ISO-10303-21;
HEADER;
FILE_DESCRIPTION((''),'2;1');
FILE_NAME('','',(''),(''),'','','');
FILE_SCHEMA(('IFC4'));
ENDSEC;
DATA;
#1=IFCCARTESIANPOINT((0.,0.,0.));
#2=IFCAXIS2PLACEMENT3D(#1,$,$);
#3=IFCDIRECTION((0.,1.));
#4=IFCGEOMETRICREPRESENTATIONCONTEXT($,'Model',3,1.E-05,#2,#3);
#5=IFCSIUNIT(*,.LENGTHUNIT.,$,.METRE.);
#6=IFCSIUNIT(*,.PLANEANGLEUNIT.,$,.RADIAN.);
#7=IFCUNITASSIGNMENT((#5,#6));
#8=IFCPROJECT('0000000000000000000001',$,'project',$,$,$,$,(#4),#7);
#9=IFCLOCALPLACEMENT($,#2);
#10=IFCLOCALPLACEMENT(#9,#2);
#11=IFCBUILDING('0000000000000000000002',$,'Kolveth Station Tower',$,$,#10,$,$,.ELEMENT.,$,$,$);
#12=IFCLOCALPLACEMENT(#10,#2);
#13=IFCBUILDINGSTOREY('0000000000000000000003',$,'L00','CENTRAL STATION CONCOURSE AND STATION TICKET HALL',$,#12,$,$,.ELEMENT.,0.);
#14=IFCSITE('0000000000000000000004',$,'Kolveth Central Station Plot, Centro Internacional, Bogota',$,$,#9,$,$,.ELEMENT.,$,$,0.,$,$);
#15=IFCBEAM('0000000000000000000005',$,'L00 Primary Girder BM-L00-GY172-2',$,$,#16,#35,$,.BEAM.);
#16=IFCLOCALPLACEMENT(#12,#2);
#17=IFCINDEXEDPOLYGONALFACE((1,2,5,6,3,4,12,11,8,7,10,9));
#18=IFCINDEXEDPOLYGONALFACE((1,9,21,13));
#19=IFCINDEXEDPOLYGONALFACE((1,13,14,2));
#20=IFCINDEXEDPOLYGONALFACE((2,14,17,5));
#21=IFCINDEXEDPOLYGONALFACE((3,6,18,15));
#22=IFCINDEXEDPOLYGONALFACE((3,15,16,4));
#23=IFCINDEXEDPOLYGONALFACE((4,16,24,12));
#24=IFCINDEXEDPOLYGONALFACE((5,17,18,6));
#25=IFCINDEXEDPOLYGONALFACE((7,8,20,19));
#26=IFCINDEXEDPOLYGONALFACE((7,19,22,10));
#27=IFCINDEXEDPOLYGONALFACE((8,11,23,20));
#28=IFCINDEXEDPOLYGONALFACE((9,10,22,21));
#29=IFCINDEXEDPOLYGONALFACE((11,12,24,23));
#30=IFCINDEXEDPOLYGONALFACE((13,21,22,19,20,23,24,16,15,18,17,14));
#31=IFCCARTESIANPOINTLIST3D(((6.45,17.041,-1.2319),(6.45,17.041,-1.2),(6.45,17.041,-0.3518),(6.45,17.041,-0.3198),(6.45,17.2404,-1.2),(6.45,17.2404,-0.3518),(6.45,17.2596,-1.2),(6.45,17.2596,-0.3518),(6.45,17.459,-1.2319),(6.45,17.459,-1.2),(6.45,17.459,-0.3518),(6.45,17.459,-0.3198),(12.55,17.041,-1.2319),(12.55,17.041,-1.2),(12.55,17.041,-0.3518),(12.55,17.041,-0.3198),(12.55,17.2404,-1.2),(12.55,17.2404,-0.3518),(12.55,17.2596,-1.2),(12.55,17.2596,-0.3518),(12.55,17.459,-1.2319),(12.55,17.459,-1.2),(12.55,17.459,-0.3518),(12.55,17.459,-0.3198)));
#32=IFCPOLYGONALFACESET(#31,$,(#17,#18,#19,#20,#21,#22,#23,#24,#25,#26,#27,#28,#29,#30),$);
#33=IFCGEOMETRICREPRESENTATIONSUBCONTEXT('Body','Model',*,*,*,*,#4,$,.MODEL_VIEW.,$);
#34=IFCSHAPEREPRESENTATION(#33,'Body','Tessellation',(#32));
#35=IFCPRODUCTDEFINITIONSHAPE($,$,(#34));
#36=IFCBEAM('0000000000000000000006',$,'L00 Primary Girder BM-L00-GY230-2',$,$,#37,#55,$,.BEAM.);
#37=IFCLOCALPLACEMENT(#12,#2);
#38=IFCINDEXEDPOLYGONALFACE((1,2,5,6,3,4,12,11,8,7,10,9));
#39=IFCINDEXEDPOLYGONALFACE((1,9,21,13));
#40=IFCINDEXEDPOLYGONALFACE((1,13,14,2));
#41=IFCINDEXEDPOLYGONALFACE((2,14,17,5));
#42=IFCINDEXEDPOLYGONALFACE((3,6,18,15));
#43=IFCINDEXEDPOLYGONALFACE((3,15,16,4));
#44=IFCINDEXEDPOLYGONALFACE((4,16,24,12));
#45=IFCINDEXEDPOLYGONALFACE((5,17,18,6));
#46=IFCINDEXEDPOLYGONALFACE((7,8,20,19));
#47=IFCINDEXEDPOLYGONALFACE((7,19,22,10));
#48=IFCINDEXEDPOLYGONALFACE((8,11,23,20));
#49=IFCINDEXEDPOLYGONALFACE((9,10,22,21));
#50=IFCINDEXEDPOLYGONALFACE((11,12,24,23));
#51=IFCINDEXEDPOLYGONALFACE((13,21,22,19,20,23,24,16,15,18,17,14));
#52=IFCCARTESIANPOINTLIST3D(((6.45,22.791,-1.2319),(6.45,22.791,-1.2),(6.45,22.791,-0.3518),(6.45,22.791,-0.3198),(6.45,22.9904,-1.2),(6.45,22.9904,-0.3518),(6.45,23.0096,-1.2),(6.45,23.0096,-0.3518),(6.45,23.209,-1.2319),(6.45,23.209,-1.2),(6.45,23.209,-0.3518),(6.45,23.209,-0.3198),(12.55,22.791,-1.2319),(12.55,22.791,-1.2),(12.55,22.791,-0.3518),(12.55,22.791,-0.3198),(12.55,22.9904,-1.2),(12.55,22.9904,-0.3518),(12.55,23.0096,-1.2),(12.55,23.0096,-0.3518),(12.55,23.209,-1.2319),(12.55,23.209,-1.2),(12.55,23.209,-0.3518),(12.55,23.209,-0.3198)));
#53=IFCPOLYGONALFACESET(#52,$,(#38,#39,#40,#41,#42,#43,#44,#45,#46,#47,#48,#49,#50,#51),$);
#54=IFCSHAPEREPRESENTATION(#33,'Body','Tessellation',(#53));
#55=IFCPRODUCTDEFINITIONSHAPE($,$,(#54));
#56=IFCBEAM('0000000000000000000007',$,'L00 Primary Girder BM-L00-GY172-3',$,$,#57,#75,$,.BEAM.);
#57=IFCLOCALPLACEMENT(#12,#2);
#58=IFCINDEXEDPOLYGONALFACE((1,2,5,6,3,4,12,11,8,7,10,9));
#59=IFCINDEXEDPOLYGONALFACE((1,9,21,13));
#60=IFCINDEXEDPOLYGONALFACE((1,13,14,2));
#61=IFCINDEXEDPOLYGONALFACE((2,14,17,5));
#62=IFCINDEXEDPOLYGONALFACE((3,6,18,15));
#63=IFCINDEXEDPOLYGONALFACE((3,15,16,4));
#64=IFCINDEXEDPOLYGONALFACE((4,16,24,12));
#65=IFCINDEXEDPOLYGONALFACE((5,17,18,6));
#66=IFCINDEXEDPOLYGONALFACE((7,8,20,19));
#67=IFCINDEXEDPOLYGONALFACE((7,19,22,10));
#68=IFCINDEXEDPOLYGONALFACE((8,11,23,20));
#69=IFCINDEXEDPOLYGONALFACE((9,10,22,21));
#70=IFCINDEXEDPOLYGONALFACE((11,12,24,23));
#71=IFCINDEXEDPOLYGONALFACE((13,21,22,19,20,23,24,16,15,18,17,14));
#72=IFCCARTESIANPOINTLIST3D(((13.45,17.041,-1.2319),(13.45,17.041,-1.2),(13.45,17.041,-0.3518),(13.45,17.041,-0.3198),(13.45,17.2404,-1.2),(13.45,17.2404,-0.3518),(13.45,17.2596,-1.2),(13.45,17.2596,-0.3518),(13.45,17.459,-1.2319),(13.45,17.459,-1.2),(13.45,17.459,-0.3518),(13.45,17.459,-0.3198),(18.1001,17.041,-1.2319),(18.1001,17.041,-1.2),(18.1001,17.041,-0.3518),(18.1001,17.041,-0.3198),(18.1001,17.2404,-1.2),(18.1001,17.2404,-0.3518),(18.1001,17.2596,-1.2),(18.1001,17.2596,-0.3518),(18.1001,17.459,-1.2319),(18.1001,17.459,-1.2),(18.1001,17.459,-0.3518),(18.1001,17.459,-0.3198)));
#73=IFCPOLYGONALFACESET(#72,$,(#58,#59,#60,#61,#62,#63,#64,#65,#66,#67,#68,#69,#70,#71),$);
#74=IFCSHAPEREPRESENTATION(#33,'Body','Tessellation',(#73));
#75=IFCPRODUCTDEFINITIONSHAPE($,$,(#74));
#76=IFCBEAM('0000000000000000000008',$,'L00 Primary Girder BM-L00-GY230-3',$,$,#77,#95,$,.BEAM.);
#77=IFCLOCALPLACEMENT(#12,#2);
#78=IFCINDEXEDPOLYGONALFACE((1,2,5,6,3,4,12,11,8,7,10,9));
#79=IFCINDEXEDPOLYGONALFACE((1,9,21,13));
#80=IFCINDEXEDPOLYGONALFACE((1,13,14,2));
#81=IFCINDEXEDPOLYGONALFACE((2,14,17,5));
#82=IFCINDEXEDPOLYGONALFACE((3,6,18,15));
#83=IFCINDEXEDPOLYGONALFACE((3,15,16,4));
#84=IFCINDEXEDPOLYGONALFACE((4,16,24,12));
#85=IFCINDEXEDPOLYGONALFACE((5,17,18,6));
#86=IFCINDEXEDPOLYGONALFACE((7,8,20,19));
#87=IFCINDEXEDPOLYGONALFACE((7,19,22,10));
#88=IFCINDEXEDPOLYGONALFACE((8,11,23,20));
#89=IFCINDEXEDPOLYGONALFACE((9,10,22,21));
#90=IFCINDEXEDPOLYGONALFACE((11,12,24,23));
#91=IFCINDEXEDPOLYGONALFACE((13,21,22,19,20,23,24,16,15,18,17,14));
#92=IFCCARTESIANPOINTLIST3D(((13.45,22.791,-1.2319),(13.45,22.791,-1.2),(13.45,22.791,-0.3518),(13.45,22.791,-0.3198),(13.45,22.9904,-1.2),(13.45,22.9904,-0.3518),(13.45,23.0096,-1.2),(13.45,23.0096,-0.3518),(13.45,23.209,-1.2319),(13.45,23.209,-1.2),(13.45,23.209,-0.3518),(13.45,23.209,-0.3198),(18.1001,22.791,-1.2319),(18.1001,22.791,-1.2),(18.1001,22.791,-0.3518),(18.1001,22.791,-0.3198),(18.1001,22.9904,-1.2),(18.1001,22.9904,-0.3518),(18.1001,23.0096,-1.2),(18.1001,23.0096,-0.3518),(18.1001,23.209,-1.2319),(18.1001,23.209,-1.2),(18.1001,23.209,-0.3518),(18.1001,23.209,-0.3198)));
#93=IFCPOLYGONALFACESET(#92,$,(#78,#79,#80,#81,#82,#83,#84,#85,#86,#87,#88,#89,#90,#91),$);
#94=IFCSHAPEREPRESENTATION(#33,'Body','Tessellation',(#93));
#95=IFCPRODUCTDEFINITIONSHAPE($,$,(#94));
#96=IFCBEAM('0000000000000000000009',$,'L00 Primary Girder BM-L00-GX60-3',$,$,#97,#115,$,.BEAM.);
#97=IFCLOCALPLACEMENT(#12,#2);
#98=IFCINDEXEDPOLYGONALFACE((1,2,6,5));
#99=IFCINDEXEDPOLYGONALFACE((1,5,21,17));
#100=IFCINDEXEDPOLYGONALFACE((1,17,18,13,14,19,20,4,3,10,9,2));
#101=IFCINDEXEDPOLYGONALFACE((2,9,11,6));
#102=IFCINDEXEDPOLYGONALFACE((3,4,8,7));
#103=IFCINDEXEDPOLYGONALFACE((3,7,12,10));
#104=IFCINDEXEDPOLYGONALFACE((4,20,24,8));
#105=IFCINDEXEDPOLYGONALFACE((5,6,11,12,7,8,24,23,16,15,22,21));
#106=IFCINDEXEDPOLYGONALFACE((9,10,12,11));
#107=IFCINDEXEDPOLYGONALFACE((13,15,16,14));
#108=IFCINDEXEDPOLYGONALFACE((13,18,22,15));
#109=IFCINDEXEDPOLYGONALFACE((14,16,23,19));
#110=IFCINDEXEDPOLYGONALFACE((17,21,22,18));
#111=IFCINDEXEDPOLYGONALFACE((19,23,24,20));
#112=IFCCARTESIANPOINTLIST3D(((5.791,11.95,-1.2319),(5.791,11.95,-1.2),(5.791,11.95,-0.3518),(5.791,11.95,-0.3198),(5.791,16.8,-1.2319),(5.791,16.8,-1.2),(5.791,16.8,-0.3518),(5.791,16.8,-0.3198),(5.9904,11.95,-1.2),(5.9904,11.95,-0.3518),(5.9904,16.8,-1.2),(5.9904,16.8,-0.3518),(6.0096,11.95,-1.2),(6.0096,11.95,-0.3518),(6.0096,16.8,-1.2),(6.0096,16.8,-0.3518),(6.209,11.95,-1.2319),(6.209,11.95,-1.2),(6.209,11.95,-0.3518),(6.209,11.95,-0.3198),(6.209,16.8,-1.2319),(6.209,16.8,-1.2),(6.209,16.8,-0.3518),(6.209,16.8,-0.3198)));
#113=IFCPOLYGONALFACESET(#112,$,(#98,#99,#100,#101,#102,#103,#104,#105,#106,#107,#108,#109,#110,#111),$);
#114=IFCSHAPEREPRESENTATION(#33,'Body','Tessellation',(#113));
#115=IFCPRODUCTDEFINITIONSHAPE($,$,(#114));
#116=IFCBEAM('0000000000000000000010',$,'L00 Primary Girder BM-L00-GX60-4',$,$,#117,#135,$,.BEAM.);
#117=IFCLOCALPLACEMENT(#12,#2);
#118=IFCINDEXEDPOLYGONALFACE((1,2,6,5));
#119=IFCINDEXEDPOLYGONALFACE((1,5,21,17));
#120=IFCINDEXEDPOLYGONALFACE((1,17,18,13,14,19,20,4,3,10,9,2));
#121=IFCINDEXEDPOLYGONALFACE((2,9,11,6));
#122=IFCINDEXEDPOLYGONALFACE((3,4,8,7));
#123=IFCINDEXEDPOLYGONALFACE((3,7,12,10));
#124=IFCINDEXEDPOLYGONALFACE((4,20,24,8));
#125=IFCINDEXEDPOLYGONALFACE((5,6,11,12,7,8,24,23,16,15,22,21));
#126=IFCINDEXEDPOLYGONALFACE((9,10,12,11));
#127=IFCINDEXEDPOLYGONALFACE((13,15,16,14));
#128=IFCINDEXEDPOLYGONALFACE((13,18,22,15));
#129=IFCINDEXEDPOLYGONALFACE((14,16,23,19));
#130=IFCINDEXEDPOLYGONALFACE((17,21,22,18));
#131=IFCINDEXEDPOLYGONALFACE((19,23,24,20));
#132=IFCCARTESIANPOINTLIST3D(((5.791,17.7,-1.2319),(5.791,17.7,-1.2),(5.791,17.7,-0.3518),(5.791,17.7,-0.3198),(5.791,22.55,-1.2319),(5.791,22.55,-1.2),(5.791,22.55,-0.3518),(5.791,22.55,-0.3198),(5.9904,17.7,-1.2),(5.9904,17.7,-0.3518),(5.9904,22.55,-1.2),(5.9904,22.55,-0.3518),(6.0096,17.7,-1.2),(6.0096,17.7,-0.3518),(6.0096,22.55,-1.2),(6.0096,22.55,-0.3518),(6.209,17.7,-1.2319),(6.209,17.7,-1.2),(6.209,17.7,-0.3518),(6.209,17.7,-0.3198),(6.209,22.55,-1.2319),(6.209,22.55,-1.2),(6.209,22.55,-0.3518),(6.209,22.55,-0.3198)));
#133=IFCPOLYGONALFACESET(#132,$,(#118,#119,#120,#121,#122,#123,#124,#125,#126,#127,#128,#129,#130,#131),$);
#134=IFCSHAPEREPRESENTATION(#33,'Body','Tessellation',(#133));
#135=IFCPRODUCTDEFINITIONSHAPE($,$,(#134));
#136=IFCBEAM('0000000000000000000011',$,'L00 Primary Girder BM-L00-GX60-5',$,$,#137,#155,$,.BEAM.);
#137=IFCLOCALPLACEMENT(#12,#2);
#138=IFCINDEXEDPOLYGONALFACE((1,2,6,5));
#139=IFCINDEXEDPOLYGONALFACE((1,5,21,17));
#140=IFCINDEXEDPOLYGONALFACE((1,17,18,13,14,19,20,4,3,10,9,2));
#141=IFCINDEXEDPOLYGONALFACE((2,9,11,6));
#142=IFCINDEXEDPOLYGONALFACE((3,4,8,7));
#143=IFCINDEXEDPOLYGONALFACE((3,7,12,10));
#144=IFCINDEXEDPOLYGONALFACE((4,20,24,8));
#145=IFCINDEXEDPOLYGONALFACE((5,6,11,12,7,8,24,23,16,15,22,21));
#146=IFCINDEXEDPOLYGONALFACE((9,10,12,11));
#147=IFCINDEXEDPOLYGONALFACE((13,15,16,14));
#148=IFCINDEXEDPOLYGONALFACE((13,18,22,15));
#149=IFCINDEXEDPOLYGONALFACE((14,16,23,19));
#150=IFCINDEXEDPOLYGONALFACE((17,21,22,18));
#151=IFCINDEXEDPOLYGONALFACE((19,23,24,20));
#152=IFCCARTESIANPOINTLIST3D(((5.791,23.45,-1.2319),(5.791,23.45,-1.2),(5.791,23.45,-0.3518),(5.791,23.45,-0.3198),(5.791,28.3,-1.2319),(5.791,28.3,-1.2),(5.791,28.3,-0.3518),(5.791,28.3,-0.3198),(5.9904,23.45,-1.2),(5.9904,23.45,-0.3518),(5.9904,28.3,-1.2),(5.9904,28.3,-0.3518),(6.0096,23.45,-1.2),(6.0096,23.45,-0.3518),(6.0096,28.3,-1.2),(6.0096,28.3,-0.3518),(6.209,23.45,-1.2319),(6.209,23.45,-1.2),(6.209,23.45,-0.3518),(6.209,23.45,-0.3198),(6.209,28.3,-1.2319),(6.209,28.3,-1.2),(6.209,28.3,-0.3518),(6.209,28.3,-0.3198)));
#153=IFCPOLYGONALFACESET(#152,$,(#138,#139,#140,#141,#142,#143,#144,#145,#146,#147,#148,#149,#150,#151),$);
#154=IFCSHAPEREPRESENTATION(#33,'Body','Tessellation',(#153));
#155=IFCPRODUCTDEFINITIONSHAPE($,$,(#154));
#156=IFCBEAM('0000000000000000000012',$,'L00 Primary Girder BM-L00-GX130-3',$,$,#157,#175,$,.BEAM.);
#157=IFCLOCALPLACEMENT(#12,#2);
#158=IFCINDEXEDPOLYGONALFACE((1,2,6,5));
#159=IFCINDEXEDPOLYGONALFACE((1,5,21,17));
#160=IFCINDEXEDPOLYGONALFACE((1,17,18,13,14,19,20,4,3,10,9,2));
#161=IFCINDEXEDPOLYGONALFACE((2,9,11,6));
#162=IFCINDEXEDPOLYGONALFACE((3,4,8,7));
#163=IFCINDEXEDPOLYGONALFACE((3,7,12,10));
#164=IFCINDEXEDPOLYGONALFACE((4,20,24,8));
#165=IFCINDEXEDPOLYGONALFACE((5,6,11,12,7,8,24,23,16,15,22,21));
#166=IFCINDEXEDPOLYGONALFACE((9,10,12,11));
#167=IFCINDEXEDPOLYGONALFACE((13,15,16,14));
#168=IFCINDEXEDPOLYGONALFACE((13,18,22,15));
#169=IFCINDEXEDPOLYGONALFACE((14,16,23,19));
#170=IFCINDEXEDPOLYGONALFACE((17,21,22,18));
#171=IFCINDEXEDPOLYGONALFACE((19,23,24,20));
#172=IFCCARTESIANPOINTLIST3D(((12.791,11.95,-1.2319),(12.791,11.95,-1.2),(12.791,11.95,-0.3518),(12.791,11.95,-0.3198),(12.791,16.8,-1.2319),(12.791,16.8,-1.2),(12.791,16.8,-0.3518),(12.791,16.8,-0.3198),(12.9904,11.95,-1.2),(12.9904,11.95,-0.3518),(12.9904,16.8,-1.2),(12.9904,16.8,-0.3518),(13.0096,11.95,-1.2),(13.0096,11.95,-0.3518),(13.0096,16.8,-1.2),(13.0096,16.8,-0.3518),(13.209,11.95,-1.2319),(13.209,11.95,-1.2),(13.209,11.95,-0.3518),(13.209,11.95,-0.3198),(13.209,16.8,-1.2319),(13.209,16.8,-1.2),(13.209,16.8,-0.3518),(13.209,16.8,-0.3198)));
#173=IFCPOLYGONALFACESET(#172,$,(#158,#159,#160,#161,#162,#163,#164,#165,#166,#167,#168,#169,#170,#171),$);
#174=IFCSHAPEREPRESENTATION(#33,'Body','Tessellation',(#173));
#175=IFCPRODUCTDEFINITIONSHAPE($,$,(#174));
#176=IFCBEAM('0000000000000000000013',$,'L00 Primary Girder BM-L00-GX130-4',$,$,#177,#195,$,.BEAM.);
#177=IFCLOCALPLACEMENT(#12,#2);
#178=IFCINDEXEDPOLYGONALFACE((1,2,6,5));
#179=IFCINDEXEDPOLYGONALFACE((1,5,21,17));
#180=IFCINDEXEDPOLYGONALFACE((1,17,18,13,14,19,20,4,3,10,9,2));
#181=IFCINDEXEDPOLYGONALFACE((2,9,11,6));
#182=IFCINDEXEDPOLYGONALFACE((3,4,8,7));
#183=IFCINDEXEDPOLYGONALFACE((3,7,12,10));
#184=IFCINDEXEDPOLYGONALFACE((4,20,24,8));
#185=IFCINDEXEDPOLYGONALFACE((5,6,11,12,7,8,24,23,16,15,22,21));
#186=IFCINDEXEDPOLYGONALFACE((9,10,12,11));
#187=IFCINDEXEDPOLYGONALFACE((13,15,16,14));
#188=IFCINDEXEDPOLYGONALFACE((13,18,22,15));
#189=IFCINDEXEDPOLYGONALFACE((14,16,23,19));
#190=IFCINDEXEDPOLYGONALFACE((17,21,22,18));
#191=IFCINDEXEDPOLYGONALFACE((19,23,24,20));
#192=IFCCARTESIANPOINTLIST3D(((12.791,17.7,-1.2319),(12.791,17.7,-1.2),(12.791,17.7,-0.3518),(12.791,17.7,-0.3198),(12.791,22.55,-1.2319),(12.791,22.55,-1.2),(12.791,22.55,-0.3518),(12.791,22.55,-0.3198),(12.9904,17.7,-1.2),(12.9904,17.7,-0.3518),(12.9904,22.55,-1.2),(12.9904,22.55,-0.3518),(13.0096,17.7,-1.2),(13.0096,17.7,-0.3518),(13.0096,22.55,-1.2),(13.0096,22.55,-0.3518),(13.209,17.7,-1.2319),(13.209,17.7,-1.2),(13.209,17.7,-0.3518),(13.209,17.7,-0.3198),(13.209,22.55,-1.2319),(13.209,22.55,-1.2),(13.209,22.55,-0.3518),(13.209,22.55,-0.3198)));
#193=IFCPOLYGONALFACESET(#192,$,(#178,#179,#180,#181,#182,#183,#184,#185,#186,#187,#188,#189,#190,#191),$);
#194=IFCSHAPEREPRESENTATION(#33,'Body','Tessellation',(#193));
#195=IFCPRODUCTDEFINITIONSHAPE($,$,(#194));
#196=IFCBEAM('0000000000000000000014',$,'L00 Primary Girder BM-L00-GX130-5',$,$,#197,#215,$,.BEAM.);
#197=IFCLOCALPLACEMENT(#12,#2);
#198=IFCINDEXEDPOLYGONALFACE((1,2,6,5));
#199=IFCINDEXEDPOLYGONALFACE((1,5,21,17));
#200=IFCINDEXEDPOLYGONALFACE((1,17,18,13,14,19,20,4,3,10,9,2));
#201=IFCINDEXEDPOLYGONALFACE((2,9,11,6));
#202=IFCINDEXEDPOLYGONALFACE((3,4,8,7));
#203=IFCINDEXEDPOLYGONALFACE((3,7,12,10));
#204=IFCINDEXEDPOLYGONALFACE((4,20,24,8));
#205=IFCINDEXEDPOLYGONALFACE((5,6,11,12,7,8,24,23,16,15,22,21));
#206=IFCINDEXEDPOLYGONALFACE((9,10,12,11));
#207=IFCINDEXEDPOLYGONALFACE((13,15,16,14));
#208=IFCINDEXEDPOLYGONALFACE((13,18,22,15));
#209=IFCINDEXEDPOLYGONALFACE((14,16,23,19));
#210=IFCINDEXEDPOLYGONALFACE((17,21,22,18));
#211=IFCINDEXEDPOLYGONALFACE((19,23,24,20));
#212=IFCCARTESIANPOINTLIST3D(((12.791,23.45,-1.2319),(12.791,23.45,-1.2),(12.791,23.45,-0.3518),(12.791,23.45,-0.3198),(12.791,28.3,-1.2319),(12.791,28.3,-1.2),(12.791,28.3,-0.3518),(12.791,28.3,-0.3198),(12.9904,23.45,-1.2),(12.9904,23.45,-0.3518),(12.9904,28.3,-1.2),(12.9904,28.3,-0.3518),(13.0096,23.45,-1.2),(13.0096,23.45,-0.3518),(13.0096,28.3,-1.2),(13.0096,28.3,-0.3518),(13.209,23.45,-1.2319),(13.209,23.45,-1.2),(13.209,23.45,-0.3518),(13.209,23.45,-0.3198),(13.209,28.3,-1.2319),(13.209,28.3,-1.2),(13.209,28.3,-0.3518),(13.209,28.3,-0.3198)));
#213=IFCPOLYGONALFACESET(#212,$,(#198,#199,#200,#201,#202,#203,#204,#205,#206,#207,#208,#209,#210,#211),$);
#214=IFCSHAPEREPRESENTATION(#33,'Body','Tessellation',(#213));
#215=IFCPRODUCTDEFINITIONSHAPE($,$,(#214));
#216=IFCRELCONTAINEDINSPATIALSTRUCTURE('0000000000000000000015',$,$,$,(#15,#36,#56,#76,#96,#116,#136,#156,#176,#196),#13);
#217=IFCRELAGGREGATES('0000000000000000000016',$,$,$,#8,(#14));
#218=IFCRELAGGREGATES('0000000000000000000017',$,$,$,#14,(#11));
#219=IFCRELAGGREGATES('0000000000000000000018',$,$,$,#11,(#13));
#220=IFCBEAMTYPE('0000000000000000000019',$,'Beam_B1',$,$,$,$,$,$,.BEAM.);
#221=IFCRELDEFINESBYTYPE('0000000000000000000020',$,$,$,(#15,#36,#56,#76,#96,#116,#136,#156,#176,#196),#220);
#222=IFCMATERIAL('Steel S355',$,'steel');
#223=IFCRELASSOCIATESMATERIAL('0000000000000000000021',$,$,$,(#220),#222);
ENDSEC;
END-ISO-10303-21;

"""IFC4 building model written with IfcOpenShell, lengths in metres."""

from ifc_helpers import new_model, si_unit, direction, frame, origin, origin_2d, place, context, subcontext, project, spatial, i_section, extrude, source, transform, mapped, material, material_profile, profile_set, type_object, element, save


model = new_model("IFC4")

# Units and contexts
model_context = context("Model", 3, precision=1e-05, world=origin(), true_north=direction((0.0, 1.0)))
body_context = subcontext(model_context, "Body", "Model", "MODEL_VIEW")
ifc_project = project(units=[si_unit("LENGTHUNIT", "METRE"), si_unit("PLANEANGLEUNIT", "RADIAN")], contexts=[model_context])

# Site, building, storey
site_placement = place(None, origin())
site = spatial("IfcSite", under=ifc_project, at=site_placement, Name="Kolveth Central Station Plot, Centro Internacional, Bogota", CompositionType="ELEMENT", RefElevation=0.0)
building_placement = place(site_placement, origin())
building = spatial("IfcBuilding", under=site, at=building_placement, Name="Kolveth Station Tower", CompositionType="ELEMENT")
storey_placement = place(building_placement, origin())
storey = spatial("IfcBuildingStorey", under=building, at=storey_placement, Name="L00", Description="CENTRAL STATION CONCOURSE AND STATION TICKET HALL", CompositionType="ELEMENT", Elevation=0.0)

# Beams
ifc_material_1 = material(Name="Steel S355", Category="steel")
ifc_material_profile_1 = material_profile(ifc_material_1, i_section(OverallWidth=0.418, OverallDepth=0.9121, WebThickness=0.0193, FlangeThickness=0.032, at=origin_2d()), Name="W920x342")
ifc_profile_set_1 = profile_set([ifc_material_profile_1], Name="Steel S355")
beam_type_1 = type_object("IfcBeamType", Name="Beam_B1", PredefinedType="BEAM", material=ifc_profile_set_1)
shared_shape_1 = source(origin(), body_context, "Body", "SweptSolid", [
    extrude(i_section(OverallWidth=0.418, OverallDepth=0.9121, WebThickness=0.0193, FlangeThickness=0.032, at=origin_2d()), origin(), (0.0, 0.0, 1.0), 6.1001),
])
for number, where, z_axis, x_axis, name in (
    (1, (6.45, 17.25, -0.7759), (1.0, 0.0, 0.0), (0.0, 1.0, 0.0), "L00 Primary Girder BM-L00-GY172-2"),
    (2, (6.45, 23.0, -0.7759), (1.0, 0.0, 0.0), (0.0, 1.0, 0.0), "L00 Primary Girder BM-L00-GY230-2"),
):
    element("IfcBeam", number, at=place(storey_placement, frame(where, z_axis=z_axis, x_axis=x_axis)), inside=storey, type_object=beam_type_1, Name=name, PredefinedType="BEAM", context=body_context, shape_type="MappedRepresentation", body=[
        mapped(shared_shape_1, transform((0.0, 0.0, 0.0), x_axis=(1.0, 0.0, 0.0), y_axis=(0.0, 1.0, 0.0), z_axis=(0.0, 0.0, 1.0), scale=1.0)),
    ])
shared_shape_2 = source(origin(), body_context, "Body", "SweptSolid", [
    extrude(i_section(OverallWidth=0.418, OverallDepth=0.9121, WebThickness=0.0193, FlangeThickness=0.032, at=origin_2d()), origin(), (0.0, 0.0, 1.0), 4.6501),
])
for number, where, z_axis, x_axis, name in (
    (3, (13.45, 17.25, -0.7759), (1.0, 0.0, 0.0), (0.0, 1.0, 0.0), "L00 Primary Girder BM-L00-GY172-3"),
    (4, (13.45, 23.0, -0.7759), (1.0, 0.0, 0.0), (0.0, 1.0, 0.0), "L00 Primary Girder BM-L00-GY230-3"),
):
    element("IfcBeam", number, at=place(storey_placement, frame(where, z_axis=z_axis, x_axis=x_axis)), inside=storey, type_object=beam_type_1, Name=name, PredefinedType="BEAM", context=body_context, shape_type="MappedRepresentation", body=[
        mapped(shared_shape_2, transform((0.0, 0.0, 0.0), x_axis=(1.0, 0.0, 0.0), y_axis=(0.0, 1.0, 0.0), z_axis=(0.0, 0.0, 1.0), scale=1.0)),
    ])
shared_shape_3 = source(origin(), body_context, "Body", "SweptSolid", [
    extrude(i_section(OverallWidth=0.418, OverallDepth=0.9121, WebThickness=0.0193, FlangeThickness=0.032, at=origin_2d()), origin(), (0.0, 0.0, 1.0), 4.8501),
])
for number, where, z_axis, x_axis, name in (
    (5, (6.0, 11.95, -0.7759), (0.0, 1.0, 0.0), (-1.0, 0.0, 0.0), "L00 Primary Girder BM-L00-GX60-3"),
    (6, (6.0, 17.7, -0.7759), (0.0, 1.0, 0.0), (-1.0, 0.0, 0.0), "L00 Primary Girder BM-L00-GX60-4"),
    (7, (6.0, 23.45, -0.7759), (0.0, 1.0, 0.0), (-1.0, 0.0, 0.0), "L00 Primary Girder BM-L00-GX60-5"),
    (8, (13.0, 11.95, -0.7759), (0.0, 1.0, 0.0), (-1.0, 0.0, 0.0), "L00 Primary Girder BM-L00-GX130-3"),
    (9, (13.0, 17.7, -0.7759), (0.0, 1.0, 0.0), (-1.0, 0.0, 0.0), "L00 Primary Girder BM-L00-GX130-4"),
    (10, (13.0, 23.45, -0.7759), (0.0, 1.0, 0.0), (-1.0, 0.0, 0.0), "L00 Primary Girder BM-L00-GX130-5"),
):
    element("IfcBeam", number, at=place(storey_placement, frame(where, z_axis=z_axis, x_axis=x_axis)), inside=storey, type_object=beam_type_1, Name=name, PredefinedType="BEAM", context=body_context, shape_type="MappedRepresentation", body=[
        mapped(shared_shape_3, transform((0.0, 0.0, 0.0), x_axis=(1.0, 0.0, 0.0), y_axis=(0.0, 1.0, 0.0), z_axis=(0.0, 0.0, 1.0), scale=1.0)),
    ])

save(model, "model.ifc")
